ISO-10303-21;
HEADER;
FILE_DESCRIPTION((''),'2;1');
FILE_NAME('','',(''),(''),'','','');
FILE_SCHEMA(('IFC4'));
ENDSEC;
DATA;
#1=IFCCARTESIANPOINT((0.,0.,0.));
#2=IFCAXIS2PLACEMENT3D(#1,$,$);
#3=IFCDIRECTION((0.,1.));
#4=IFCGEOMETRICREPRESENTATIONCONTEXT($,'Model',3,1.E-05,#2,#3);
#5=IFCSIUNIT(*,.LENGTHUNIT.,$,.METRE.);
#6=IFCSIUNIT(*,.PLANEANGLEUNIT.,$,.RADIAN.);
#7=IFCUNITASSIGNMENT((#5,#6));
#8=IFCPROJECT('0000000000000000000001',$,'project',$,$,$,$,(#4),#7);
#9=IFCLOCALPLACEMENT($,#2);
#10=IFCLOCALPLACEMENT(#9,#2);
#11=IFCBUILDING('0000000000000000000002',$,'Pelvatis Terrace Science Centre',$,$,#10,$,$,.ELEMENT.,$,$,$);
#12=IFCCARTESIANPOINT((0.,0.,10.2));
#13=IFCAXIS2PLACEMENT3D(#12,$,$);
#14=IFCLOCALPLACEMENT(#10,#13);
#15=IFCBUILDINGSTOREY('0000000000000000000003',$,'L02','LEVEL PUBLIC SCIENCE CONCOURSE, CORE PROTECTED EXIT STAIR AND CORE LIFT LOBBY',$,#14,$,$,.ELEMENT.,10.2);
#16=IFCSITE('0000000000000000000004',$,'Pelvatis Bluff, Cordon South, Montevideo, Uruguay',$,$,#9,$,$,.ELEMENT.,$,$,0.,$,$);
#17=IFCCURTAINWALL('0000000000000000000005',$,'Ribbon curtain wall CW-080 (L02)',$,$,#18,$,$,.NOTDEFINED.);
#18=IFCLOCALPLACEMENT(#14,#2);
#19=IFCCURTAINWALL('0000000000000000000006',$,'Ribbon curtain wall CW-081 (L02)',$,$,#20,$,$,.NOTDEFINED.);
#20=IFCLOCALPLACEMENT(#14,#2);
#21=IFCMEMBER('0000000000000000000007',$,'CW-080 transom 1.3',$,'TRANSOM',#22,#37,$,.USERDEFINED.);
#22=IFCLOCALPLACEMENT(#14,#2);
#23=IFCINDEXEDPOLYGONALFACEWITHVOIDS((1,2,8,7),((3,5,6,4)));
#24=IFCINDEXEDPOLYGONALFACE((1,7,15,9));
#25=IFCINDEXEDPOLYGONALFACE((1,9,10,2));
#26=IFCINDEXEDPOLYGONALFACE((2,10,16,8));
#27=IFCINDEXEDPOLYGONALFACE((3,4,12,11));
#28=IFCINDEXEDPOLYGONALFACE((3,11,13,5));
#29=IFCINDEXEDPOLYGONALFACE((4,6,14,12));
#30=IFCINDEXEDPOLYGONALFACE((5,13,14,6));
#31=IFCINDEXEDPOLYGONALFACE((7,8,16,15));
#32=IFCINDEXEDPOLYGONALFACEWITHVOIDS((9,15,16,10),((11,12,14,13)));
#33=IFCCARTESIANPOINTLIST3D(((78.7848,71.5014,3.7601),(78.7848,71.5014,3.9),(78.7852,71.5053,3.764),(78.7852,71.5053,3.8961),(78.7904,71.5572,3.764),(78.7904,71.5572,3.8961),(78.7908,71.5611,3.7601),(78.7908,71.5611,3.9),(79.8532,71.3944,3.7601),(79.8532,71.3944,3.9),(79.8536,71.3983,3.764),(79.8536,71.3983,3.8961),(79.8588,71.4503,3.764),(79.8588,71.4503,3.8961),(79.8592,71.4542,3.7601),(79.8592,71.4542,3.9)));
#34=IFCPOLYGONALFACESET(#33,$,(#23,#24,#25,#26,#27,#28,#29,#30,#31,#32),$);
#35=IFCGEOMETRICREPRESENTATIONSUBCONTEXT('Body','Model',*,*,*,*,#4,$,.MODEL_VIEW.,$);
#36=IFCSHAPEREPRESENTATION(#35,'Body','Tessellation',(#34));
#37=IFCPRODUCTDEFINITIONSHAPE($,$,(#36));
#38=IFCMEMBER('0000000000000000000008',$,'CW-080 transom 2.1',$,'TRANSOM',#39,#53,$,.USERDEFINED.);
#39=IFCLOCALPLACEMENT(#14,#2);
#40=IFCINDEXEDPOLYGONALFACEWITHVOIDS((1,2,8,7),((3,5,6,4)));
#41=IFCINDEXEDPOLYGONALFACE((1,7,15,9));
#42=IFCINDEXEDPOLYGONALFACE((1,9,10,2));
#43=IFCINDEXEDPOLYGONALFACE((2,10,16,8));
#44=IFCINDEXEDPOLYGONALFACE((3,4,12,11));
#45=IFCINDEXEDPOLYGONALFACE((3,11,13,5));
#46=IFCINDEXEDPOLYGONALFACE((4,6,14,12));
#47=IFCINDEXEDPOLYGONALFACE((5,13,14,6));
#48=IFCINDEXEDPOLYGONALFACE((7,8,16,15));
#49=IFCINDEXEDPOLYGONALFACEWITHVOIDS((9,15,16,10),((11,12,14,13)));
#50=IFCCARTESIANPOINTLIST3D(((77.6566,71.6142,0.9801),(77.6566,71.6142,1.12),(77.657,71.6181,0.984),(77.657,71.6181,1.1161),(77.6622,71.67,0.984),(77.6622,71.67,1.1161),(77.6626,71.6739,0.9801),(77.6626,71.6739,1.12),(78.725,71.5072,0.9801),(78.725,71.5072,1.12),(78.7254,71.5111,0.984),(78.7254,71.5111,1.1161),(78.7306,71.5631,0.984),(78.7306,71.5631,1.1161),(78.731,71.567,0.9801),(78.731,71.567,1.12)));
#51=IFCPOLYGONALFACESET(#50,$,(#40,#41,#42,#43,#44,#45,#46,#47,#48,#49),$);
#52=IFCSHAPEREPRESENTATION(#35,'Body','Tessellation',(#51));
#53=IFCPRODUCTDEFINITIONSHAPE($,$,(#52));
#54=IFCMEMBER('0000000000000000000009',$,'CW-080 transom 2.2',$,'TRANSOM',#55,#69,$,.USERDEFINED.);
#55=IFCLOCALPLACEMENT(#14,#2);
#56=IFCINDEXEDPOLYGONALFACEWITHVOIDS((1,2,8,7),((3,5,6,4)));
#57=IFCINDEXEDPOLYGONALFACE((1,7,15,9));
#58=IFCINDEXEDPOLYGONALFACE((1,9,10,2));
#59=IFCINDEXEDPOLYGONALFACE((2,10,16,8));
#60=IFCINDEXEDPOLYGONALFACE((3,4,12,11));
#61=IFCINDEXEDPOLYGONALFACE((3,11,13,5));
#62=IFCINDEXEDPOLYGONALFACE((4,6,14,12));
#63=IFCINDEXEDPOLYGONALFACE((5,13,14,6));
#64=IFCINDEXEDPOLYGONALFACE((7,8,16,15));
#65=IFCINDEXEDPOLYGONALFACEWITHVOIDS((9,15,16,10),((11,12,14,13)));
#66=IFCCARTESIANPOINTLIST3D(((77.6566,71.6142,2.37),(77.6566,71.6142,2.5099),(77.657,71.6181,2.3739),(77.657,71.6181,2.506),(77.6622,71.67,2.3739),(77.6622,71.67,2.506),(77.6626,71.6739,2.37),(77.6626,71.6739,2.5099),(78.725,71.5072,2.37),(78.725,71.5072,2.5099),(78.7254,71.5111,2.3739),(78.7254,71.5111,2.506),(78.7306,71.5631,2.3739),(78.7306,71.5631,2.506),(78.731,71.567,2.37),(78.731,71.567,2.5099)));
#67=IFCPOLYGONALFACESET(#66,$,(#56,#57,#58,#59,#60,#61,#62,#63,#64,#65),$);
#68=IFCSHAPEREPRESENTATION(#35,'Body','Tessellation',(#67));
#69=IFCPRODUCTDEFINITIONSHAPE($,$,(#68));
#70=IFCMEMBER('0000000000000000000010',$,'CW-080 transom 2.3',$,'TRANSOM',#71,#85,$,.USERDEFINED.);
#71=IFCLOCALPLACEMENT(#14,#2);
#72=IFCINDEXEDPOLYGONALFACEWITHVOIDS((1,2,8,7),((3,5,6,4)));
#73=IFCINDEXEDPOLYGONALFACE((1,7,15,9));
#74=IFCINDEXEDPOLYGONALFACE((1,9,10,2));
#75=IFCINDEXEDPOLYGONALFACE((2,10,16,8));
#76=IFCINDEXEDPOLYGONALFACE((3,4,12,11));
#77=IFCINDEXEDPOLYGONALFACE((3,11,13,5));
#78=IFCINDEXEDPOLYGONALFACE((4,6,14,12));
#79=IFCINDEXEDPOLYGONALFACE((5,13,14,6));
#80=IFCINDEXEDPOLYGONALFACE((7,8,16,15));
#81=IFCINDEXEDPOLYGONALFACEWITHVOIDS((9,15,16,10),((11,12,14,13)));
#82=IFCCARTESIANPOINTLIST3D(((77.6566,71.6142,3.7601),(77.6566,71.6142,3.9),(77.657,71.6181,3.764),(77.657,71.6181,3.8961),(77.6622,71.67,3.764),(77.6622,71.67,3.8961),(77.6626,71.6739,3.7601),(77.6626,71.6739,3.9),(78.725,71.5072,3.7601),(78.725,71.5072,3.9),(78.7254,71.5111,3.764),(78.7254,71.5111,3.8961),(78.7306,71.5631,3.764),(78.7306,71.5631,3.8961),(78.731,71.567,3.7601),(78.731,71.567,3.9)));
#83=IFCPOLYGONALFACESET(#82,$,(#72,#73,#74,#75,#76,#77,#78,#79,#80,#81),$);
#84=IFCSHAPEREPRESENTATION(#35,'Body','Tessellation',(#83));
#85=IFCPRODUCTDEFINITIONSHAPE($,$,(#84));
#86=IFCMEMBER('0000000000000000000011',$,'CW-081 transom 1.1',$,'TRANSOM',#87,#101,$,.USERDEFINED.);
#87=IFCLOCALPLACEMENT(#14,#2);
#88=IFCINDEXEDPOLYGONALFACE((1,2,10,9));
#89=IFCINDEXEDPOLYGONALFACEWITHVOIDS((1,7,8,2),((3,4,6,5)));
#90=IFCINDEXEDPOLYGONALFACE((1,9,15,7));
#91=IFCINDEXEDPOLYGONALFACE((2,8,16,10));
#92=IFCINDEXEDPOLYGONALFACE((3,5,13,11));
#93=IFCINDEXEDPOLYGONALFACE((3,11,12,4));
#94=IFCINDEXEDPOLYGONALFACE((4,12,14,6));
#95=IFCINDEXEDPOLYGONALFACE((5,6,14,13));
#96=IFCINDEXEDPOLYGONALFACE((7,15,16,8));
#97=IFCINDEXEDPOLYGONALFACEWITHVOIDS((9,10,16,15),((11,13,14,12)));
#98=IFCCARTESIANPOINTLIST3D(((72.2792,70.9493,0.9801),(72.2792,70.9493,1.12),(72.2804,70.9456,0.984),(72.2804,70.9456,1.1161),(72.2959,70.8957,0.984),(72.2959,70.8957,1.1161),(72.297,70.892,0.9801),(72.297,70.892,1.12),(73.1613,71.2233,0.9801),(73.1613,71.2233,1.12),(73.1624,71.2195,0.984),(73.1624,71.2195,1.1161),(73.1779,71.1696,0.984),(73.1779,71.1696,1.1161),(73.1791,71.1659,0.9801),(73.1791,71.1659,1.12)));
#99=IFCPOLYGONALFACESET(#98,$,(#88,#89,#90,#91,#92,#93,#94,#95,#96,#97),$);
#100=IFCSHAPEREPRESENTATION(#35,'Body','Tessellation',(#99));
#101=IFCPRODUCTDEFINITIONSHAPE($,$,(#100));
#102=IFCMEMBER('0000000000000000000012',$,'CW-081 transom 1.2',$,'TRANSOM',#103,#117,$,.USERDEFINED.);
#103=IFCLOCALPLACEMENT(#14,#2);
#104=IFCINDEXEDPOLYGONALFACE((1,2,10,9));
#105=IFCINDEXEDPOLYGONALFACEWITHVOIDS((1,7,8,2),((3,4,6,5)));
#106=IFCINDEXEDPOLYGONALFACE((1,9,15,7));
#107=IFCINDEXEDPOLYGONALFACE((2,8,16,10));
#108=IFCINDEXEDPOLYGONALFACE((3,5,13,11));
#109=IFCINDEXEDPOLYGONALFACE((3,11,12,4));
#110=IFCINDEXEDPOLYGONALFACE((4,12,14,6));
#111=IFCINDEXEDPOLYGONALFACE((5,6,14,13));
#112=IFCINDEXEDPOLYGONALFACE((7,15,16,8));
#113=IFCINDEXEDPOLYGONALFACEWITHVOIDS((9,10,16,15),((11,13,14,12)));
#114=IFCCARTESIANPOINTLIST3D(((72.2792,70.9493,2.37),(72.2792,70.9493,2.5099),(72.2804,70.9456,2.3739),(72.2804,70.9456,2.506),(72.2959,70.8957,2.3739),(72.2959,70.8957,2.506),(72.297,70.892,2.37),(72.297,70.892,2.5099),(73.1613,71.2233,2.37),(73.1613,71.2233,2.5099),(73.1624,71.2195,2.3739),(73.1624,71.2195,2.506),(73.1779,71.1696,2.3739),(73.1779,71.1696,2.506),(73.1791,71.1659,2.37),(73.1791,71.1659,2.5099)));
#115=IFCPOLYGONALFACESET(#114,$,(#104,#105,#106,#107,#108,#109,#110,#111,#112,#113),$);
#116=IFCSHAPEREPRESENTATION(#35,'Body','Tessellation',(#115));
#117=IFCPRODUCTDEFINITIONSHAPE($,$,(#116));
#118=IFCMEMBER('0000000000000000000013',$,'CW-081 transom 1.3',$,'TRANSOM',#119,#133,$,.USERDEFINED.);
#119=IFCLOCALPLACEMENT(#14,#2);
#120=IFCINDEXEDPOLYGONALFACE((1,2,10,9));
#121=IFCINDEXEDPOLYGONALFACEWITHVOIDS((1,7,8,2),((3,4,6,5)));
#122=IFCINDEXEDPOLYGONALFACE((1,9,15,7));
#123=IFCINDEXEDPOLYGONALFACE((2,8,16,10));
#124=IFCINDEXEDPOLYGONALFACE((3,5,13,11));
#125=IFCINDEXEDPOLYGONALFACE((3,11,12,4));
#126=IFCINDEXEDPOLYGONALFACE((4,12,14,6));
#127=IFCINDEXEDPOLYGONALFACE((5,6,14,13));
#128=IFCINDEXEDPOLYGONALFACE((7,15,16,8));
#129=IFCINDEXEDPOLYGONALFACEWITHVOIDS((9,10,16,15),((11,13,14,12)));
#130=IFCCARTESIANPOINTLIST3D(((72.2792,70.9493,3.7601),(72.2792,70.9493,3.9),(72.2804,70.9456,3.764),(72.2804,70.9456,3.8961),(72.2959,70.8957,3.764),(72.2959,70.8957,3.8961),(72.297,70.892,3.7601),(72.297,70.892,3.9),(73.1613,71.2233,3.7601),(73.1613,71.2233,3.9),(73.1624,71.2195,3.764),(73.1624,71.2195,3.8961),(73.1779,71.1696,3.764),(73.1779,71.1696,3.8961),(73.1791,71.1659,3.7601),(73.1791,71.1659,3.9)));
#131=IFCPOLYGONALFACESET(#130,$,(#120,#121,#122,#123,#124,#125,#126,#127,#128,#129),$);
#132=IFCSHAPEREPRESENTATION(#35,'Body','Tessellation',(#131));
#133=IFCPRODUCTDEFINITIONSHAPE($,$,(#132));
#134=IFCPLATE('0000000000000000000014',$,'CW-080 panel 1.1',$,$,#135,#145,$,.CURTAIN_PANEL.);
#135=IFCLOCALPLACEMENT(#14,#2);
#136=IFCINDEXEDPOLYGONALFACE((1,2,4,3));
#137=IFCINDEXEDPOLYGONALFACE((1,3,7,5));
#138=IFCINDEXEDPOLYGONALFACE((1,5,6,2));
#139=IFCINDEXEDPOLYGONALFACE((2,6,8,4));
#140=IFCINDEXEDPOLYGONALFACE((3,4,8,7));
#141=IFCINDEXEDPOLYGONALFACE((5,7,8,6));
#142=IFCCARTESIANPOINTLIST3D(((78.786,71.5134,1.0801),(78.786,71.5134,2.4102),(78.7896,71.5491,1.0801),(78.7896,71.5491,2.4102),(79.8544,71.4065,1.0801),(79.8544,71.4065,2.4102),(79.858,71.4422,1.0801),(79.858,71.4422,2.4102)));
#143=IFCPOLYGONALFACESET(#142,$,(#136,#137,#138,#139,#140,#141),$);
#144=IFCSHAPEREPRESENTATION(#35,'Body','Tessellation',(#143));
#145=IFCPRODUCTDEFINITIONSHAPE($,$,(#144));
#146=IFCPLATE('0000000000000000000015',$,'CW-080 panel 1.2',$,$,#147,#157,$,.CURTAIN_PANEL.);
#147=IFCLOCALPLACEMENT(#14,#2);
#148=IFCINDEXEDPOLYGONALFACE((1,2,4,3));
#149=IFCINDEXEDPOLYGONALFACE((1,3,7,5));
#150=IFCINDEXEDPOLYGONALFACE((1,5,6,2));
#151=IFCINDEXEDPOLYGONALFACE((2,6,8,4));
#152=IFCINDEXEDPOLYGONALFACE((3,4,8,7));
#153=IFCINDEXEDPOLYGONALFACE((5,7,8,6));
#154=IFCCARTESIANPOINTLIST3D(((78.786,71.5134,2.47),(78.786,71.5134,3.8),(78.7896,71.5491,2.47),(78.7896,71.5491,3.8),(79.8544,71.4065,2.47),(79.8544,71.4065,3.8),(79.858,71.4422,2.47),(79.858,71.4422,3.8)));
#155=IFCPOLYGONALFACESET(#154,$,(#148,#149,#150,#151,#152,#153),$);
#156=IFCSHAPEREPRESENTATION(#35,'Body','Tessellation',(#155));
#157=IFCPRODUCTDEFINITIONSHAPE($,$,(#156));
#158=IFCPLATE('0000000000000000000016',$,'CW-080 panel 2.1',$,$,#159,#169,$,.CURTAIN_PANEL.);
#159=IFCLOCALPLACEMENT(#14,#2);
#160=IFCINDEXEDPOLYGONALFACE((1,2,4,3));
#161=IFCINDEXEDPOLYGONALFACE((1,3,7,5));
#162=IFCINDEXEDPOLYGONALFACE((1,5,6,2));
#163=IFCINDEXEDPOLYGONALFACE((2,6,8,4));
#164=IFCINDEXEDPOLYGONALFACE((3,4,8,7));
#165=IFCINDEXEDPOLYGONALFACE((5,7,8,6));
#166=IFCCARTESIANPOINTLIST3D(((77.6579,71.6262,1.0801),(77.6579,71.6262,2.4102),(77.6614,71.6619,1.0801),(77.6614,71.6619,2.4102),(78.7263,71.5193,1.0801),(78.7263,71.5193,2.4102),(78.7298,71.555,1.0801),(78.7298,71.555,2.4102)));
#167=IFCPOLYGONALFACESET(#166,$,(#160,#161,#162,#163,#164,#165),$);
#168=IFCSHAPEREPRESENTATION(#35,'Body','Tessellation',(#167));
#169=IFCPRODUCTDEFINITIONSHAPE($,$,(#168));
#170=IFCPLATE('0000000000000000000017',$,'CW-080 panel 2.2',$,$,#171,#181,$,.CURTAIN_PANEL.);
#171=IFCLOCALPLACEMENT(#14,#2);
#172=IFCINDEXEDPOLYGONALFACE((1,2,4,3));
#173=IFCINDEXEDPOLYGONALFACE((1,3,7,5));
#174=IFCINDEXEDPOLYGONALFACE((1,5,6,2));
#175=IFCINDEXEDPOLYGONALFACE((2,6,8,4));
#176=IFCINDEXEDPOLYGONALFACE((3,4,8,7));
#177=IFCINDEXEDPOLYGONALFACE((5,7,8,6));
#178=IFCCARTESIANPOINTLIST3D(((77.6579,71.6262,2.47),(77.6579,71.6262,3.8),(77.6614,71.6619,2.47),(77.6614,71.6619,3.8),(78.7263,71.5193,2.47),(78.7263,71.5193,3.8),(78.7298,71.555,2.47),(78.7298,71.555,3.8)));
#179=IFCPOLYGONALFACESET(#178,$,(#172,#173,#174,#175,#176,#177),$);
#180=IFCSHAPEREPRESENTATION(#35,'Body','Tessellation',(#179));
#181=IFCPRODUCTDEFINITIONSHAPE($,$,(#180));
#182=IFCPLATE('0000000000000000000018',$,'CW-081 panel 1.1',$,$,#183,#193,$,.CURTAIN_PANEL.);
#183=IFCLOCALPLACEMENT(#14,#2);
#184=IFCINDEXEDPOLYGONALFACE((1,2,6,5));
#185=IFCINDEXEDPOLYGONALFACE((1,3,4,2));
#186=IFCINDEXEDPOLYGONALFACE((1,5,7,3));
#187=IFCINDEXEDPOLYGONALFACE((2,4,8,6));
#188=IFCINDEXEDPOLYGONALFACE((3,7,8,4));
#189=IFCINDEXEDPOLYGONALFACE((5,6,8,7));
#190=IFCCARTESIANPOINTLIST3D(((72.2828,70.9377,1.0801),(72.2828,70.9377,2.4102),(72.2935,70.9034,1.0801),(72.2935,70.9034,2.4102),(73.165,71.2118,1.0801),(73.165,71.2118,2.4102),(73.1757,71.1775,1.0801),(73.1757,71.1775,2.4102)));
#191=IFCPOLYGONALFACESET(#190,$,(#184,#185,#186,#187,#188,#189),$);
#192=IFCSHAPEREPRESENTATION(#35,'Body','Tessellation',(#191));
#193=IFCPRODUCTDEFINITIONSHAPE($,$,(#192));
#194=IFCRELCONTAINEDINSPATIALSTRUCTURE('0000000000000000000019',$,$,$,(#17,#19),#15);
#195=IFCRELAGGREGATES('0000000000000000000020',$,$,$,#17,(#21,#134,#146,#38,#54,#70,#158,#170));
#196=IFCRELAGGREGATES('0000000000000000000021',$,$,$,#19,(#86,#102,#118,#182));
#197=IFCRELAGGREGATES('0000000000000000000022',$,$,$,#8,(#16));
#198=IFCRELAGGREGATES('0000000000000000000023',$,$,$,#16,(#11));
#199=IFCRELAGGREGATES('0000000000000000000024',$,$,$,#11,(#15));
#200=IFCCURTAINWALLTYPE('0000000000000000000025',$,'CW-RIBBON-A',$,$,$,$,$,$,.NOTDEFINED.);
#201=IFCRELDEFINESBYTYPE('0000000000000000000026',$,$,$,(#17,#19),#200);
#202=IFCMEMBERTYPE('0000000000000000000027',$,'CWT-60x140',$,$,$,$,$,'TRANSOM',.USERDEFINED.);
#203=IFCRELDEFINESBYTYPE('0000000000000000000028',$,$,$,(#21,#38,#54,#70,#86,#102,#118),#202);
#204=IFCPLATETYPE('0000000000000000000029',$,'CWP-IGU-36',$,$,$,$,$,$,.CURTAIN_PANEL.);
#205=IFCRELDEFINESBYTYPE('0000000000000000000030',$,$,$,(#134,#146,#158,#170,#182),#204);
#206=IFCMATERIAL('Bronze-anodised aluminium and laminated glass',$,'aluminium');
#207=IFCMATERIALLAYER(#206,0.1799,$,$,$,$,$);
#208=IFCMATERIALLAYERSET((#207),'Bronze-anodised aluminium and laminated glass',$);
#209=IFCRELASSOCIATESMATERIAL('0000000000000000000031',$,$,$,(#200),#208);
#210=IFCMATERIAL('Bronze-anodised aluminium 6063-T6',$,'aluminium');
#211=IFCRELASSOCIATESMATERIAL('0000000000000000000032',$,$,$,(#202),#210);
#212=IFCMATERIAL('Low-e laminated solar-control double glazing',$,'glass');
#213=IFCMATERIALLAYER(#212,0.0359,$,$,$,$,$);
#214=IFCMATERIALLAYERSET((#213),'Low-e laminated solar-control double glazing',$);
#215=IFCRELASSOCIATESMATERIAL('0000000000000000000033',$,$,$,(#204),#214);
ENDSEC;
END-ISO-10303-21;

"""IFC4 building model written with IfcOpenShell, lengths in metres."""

from ifc_helpers import new_model, si_unit, direction, frame, origin, origin_2d, place, context, subcontext, project, spatial, rectangle, hollow_rectangle, extrude, material, layer, layer_set, material_profile, profile_set, type_object, element, aggregate, save


model = new_model("IFC4")

# Units and contexts
model_context = context("Model", 3, precision=1e-05, world=origin(), true_north=direction((0.0, 1.0)))
body_context = subcontext(model_context, "Body", "Model", "MODEL_VIEW")
ifc_project = project(units=[si_unit("LENGTHUNIT", "METRE"), si_unit("PLANEANGLEUNIT", "RADIAN")], contexts=[model_context])

# Site, building, storey
site_placement = place(None, origin())
site = spatial("IfcSite", under=ifc_project, at=site_placement, Name="Pelvatis Bluff, Cordon South, Montevideo, Uruguay", CompositionType="ELEMENT", RefElevation=0.0)
building_placement = place(site_placement, origin())
building = spatial("IfcBuilding", under=site, at=building_placement, Name="Pelvatis Terrace Science Centre", CompositionType="ELEMENT")
storey_placement = place(building_placement, frame((0.0, 0.0, 10.2)))
storey = spatial("IfcBuildingStorey", under=building, at=storey_placement, Name="L02", Description="LEVEL PUBLIC SCIENCE CONCOURSE, CORE PROTECTED EXIT STAIR AND CORE LIFT LOBBY", CompositionType="ELEMENT", Elevation=10.2)

# Curtain wall
ifc_material_1 = material(Name="Bronze-anodised aluminium and laminated glass", Category="aluminium")
ifc_layer_1 = layer(ifc_material_1, 0.1799)
ifc_layer_set_1 = layer_set([ifc_layer_1], Name="Bronze-anodised aluminium and laminated glass")
curtain_wall_type = type_object("IfcCurtainWallType", Name="CW-RIBBON-A", PredefinedType="NOTDEFINED", material=ifc_layer_set_1)
curtain_wall_1_placement = place(storey_placement, origin())
curtain_wall_1 = element("IfcCurtainWall", 1, at=curtain_wall_1_placement, inside=storey, type_object=curtain_wall_type, Name="Ribbon curtain wall CW-080 (L02)", PredefinedType="NOTDEFINED")

# Curtain wall
curtain_wall_2_placement = place(storey_placement, origin())
curtain_wall_2 = element("IfcCurtainWall", 2, at=curtain_wall_2_placement, inside=storey, type_object=curtain_wall_type, Name="Ribbon curtain wall CW-081 (L02)", PredefinedType="NOTDEFINED")

# Members
ifc_material_2 = material(Name="Bronze-anodised aluminium 6063-T6", Category="aluminium")
ifc_material_profile_1 = material_profile(ifc_material_2, hollow_rectangle(XDim=0.0601, YDim=0.1399, WallThickness=0.0039, at=origin_2d()), Name="ALU-TRN 60x140")
ifc_profile_set_1 = profile_set([ifc_material_profile_1], Name="Bronze-anodised aluminium 6063-T6")
member_type_1 = type_object("IfcMemberType", Name="CWT-60x140", ElementType="TRANSOM", PredefinedType="USERDEFINED", material=ifc_profile_set_1)
member_1_placement = place(storey_placement, frame((79.8562, 71.4243, 3.8301), z_axis=(-0.995028, 0.099594, 0.0), x_axis=(-0.099594, -0.995028, 0.0)))
member_1 = element("IfcMember", 3, at=member_1_placement, type_object=member_type_1, Name="CW-080 transom 1.3", ObjectType="TRANSOM", PredefinedType="USERDEFINED", context=body_context, shape_type="SweptSolid", body=[
    extrude(hollow_rectangle(XDim=0.0601, YDim=0.1399, WallThickness=0.0039, at=origin_2d()), origin(), (0.0, 0.0, 1.0), 1.0737),
])
member_2_placement = place(storey_placement, frame((78.728, 71.5371, 1.05), z_axis=(-0.995028, 0.099594, 0.0), x_axis=(-0.099594, -0.995028, 0.0)))
member_2 = element("IfcMember", 4, at=member_2_placement, type_object=member_type_1, Name="CW-080 transom 2.1", ObjectType="TRANSOM", PredefinedType="USERDEFINED", context=body_context, shape_type="SweptSolid", body=[
    extrude(hollow_rectangle(XDim=0.0601, YDim=0.1399, WallThickness=0.0039, at=origin_2d()), origin(), (0.0, 0.0, 1.0), 1.0737),
])
member_3_placement = place(storey_placement, frame((78.728, 71.5371, 2.4399), z_axis=(-0.995028, 0.099594, 0.0), x_axis=(-0.099594, -0.995028, 0.0)))
member_3 = element("IfcMember", 5, at=member_3_placement, type_object=member_type_1, Name="CW-080 transom 2.2", ObjectType="TRANSOM", PredefinedType="USERDEFINED", context=body_context, shape_type="SweptSolid", body=[
    extrude(hollow_rectangle(XDim=0.0601, YDim=0.1399, WallThickness=0.0039, at=origin_2d()), origin(), (0.0, 0.0, 1.0), 1.0737),
])
member_4_placement = place(storey_placement, frame((78.728, 71.5371, 3.8301), z_axis=(-0.995028, 0.099594, 0.0), x_axis=(-0.099594, -0.995028, 0.0)))
member_4 = element("IfcMember", 6, at=member_4_placement, type_object=member_type_1, Name="CW-080 transom 2.3", ObjectType="TRANSOM", PredefinedType="USERDEFINED", context=body_context, shape_type="SweptSolid", body=[
    extrude(hollow_rectangle(XDim=0.0601, YDim=0.1399, WallThickness=0.0039, at=origin_2d()), origin(), (0.0, 0.0, 1.0), 1.0737),
])
member_5_placement = place(storey_placement, frame((73.1702, 71.1946, 1.05), z_axis=(-0.95501, -0.296574, 0.0), x_axis=(0.296574, -0.95501, 0.0)))
member_5 = element("IfcMember", 7, at=member_5_placement, type_object=member_type_1, Name="CW-081 transom 1.1", ObjectType="TRANSOM", PredefinedType="USERDEFINED", context=body_context, shape_type="SweptSolid", body=[
    extrude(hollow_rectangle(XDim=0.0601, YDim=0.1399, WallThickness=0.0039, at=origin_2d()), origin(), (0.0, 0.0, 1.0), 0.9236),
])
member_6_placement = place(storey_placement, frame((73.1702, 71.1946, 2.4399), z_axis=(-0.95501, -0.296574, 0.0), x_axis=(0.296574, -0.95501, 0.0)))
member_6 = element("IfcMember", 8, at=member_6_placement, type_object=member_type_1, Name="CW-081 transom 1.2", ObjectType="TRANSOM", PredefinedType="USERDEFINED", context=body_context, shape_type="SweptSolid", body=[
    extrude(hollow_rectangle(XDim=0.0601, YDim=0.1399, WallThickness=0.0039, at=origin_2d()), origin(), (0.0, 0.0, 1.0), 0.9236),
])
member_7_placement = place(storey_placement, frame((73.1702, 71.1946, 3.8301), z_axis=(-0.95501, -0.296574, 0.0), x_axis=(0.296574, -0.95501, 0.0)))
member_7 = element("IfcMember", 9, at=member_7_placement, type_object=member_type_1, Name="CW-081 transom 1.3", ObjectType="TRANSOM", PredefinedType="USERDEFINED", context=body_context, shape_type="SweptSolid", body=[
    extrude(hollow_rectangle(XDim=0.0601, YDim=0.1399, WallThickness=0.0039, at=origin_2d()), origin(), (0.0, 0.0, 1.0), 0.9236),
])

# Plates
ifc_material_3 = material(Name="Low-e laminated solar-control double glazing", Category="glass")
ifc_layer_2 = layer(ifc_material_3, 0.0359)
ifc_layer_set_2 = layer_set([ifc_layer_2], Name="Low-e laminated solar-control double glazing")
plate_type_1 = type_object("IfcPlateType", Name="CWP-IGU-36", PredefinedType="CURTAIN_PANEL", material=ifc_layer_set_2)
plate_1_placement = place(storey_placement, frame((79.322, 71.4778, 1.0801), z_axis=(0.0, 0.0, 1.0), x_axis=(-0.995033, 0.099546, 0.0)))
plate_1 = element("IfcPlate", 10, at=plate_1_placement, type_object=plate_type_1, Name="CW-080 panel 1.1", PredefinedType="CURTAIN_PANEL", context=body_context, shape_type="SweptSolid", body=[
    extrude(rectangle(XDim=1.0737, YDim=0.0359, at=origin_2d()), origin(), (0.0, 0.0, 1.0), 1.3301),
])
plate_2_placement = place(storey_placement, frame((79.322, 71.4778, 2.47), z_axis=(0.0, 0.0, 1.0), x_axis=(-0.995033, 0.099546, 0.0)))
plate_2 = element("IfcPlate", 11, at=plate_2_placement, type_object=plate_type_1, Name="CW-080 panel 1.2", PredefinedType="CURTAIN_PANEL", context=body_context, shape_type="SweptSolid", body=[
    extrude(rectangle(XDim=1.0737, YDim=0.0359, at=origin_2d()), origin(), (0.0, 0.0, 1.0), 1.3301),
])
plate_3_placement = place(storey_placement, frame((78.1938, 71.5906, 1.0801), z_axis=(0.0, 0.0, 1.0), x_axis=(-0.995033, 0.099546, 0.0)))
plate_3 = element("IfcPlate", 12, at=plate_3_placement, type_object=plate_type_1, Name="CW-080 panel 2.1", PredefinedType="CURTAIN_PANEL", context=body_context, shape_type="SweptSolid", body=[
    extrude(rectangle(XDim=1.0737, YDim=0.0359, at=origin_2d()), origin(), (0.0, 0.0, 1.0), 1.3301),
])
plate_4_placement = place(storey_placement, frame((78.1938, 71.5906, 2.47), z_axis=(0.0, 0.0, 1.0), x_axis=(-0.995033, 0.099546, 0.0)))
plate_4 = element("IfcPlate", 13, at=plate_4_placement, type_object=plate_type_1, Name="CW-080 panel 2.2", PredefinedType="CURTAIN_PANEL", context=body_context, shape_type="SweptSolid", body=[
    extrude(rectangle(XDim=1.0737, YDim=0.0359, at=origin_2d()), origin(), (0.0, 0.0, 1.0), 1.3301),
])
aggregate(curtain_wall_1, [member_1, plate_1, plate_2, member_2, member_3, member_4, plate_3, plate_4])
plate_5_placement = place(storey_placement, frame((72.7292, 71.0576, 1.0801), z_axis=(0.0, 0.0, 1.0), x_axis=(-0.954961, -0.296733, 0.0)))
plate_5 = element("IfcPlate", 14, at=plate_5_placement, type_object=plate_type_1, Name="CW-081 panel 1.1", PredefinedType="CURTAIN_PANEL", context=body_context, shape_type="SweptSolid", body=[
    extrude(rectangle(XDim=0.9238, YDim=0.0359, at=origin_2d()), origin(), (0.0, 0.0, 1.0), 1.3301),
])
aggregate(curtain_wall_2, [member_5, member_6, member_7, plate_5])

save(model, "model.ifc")
